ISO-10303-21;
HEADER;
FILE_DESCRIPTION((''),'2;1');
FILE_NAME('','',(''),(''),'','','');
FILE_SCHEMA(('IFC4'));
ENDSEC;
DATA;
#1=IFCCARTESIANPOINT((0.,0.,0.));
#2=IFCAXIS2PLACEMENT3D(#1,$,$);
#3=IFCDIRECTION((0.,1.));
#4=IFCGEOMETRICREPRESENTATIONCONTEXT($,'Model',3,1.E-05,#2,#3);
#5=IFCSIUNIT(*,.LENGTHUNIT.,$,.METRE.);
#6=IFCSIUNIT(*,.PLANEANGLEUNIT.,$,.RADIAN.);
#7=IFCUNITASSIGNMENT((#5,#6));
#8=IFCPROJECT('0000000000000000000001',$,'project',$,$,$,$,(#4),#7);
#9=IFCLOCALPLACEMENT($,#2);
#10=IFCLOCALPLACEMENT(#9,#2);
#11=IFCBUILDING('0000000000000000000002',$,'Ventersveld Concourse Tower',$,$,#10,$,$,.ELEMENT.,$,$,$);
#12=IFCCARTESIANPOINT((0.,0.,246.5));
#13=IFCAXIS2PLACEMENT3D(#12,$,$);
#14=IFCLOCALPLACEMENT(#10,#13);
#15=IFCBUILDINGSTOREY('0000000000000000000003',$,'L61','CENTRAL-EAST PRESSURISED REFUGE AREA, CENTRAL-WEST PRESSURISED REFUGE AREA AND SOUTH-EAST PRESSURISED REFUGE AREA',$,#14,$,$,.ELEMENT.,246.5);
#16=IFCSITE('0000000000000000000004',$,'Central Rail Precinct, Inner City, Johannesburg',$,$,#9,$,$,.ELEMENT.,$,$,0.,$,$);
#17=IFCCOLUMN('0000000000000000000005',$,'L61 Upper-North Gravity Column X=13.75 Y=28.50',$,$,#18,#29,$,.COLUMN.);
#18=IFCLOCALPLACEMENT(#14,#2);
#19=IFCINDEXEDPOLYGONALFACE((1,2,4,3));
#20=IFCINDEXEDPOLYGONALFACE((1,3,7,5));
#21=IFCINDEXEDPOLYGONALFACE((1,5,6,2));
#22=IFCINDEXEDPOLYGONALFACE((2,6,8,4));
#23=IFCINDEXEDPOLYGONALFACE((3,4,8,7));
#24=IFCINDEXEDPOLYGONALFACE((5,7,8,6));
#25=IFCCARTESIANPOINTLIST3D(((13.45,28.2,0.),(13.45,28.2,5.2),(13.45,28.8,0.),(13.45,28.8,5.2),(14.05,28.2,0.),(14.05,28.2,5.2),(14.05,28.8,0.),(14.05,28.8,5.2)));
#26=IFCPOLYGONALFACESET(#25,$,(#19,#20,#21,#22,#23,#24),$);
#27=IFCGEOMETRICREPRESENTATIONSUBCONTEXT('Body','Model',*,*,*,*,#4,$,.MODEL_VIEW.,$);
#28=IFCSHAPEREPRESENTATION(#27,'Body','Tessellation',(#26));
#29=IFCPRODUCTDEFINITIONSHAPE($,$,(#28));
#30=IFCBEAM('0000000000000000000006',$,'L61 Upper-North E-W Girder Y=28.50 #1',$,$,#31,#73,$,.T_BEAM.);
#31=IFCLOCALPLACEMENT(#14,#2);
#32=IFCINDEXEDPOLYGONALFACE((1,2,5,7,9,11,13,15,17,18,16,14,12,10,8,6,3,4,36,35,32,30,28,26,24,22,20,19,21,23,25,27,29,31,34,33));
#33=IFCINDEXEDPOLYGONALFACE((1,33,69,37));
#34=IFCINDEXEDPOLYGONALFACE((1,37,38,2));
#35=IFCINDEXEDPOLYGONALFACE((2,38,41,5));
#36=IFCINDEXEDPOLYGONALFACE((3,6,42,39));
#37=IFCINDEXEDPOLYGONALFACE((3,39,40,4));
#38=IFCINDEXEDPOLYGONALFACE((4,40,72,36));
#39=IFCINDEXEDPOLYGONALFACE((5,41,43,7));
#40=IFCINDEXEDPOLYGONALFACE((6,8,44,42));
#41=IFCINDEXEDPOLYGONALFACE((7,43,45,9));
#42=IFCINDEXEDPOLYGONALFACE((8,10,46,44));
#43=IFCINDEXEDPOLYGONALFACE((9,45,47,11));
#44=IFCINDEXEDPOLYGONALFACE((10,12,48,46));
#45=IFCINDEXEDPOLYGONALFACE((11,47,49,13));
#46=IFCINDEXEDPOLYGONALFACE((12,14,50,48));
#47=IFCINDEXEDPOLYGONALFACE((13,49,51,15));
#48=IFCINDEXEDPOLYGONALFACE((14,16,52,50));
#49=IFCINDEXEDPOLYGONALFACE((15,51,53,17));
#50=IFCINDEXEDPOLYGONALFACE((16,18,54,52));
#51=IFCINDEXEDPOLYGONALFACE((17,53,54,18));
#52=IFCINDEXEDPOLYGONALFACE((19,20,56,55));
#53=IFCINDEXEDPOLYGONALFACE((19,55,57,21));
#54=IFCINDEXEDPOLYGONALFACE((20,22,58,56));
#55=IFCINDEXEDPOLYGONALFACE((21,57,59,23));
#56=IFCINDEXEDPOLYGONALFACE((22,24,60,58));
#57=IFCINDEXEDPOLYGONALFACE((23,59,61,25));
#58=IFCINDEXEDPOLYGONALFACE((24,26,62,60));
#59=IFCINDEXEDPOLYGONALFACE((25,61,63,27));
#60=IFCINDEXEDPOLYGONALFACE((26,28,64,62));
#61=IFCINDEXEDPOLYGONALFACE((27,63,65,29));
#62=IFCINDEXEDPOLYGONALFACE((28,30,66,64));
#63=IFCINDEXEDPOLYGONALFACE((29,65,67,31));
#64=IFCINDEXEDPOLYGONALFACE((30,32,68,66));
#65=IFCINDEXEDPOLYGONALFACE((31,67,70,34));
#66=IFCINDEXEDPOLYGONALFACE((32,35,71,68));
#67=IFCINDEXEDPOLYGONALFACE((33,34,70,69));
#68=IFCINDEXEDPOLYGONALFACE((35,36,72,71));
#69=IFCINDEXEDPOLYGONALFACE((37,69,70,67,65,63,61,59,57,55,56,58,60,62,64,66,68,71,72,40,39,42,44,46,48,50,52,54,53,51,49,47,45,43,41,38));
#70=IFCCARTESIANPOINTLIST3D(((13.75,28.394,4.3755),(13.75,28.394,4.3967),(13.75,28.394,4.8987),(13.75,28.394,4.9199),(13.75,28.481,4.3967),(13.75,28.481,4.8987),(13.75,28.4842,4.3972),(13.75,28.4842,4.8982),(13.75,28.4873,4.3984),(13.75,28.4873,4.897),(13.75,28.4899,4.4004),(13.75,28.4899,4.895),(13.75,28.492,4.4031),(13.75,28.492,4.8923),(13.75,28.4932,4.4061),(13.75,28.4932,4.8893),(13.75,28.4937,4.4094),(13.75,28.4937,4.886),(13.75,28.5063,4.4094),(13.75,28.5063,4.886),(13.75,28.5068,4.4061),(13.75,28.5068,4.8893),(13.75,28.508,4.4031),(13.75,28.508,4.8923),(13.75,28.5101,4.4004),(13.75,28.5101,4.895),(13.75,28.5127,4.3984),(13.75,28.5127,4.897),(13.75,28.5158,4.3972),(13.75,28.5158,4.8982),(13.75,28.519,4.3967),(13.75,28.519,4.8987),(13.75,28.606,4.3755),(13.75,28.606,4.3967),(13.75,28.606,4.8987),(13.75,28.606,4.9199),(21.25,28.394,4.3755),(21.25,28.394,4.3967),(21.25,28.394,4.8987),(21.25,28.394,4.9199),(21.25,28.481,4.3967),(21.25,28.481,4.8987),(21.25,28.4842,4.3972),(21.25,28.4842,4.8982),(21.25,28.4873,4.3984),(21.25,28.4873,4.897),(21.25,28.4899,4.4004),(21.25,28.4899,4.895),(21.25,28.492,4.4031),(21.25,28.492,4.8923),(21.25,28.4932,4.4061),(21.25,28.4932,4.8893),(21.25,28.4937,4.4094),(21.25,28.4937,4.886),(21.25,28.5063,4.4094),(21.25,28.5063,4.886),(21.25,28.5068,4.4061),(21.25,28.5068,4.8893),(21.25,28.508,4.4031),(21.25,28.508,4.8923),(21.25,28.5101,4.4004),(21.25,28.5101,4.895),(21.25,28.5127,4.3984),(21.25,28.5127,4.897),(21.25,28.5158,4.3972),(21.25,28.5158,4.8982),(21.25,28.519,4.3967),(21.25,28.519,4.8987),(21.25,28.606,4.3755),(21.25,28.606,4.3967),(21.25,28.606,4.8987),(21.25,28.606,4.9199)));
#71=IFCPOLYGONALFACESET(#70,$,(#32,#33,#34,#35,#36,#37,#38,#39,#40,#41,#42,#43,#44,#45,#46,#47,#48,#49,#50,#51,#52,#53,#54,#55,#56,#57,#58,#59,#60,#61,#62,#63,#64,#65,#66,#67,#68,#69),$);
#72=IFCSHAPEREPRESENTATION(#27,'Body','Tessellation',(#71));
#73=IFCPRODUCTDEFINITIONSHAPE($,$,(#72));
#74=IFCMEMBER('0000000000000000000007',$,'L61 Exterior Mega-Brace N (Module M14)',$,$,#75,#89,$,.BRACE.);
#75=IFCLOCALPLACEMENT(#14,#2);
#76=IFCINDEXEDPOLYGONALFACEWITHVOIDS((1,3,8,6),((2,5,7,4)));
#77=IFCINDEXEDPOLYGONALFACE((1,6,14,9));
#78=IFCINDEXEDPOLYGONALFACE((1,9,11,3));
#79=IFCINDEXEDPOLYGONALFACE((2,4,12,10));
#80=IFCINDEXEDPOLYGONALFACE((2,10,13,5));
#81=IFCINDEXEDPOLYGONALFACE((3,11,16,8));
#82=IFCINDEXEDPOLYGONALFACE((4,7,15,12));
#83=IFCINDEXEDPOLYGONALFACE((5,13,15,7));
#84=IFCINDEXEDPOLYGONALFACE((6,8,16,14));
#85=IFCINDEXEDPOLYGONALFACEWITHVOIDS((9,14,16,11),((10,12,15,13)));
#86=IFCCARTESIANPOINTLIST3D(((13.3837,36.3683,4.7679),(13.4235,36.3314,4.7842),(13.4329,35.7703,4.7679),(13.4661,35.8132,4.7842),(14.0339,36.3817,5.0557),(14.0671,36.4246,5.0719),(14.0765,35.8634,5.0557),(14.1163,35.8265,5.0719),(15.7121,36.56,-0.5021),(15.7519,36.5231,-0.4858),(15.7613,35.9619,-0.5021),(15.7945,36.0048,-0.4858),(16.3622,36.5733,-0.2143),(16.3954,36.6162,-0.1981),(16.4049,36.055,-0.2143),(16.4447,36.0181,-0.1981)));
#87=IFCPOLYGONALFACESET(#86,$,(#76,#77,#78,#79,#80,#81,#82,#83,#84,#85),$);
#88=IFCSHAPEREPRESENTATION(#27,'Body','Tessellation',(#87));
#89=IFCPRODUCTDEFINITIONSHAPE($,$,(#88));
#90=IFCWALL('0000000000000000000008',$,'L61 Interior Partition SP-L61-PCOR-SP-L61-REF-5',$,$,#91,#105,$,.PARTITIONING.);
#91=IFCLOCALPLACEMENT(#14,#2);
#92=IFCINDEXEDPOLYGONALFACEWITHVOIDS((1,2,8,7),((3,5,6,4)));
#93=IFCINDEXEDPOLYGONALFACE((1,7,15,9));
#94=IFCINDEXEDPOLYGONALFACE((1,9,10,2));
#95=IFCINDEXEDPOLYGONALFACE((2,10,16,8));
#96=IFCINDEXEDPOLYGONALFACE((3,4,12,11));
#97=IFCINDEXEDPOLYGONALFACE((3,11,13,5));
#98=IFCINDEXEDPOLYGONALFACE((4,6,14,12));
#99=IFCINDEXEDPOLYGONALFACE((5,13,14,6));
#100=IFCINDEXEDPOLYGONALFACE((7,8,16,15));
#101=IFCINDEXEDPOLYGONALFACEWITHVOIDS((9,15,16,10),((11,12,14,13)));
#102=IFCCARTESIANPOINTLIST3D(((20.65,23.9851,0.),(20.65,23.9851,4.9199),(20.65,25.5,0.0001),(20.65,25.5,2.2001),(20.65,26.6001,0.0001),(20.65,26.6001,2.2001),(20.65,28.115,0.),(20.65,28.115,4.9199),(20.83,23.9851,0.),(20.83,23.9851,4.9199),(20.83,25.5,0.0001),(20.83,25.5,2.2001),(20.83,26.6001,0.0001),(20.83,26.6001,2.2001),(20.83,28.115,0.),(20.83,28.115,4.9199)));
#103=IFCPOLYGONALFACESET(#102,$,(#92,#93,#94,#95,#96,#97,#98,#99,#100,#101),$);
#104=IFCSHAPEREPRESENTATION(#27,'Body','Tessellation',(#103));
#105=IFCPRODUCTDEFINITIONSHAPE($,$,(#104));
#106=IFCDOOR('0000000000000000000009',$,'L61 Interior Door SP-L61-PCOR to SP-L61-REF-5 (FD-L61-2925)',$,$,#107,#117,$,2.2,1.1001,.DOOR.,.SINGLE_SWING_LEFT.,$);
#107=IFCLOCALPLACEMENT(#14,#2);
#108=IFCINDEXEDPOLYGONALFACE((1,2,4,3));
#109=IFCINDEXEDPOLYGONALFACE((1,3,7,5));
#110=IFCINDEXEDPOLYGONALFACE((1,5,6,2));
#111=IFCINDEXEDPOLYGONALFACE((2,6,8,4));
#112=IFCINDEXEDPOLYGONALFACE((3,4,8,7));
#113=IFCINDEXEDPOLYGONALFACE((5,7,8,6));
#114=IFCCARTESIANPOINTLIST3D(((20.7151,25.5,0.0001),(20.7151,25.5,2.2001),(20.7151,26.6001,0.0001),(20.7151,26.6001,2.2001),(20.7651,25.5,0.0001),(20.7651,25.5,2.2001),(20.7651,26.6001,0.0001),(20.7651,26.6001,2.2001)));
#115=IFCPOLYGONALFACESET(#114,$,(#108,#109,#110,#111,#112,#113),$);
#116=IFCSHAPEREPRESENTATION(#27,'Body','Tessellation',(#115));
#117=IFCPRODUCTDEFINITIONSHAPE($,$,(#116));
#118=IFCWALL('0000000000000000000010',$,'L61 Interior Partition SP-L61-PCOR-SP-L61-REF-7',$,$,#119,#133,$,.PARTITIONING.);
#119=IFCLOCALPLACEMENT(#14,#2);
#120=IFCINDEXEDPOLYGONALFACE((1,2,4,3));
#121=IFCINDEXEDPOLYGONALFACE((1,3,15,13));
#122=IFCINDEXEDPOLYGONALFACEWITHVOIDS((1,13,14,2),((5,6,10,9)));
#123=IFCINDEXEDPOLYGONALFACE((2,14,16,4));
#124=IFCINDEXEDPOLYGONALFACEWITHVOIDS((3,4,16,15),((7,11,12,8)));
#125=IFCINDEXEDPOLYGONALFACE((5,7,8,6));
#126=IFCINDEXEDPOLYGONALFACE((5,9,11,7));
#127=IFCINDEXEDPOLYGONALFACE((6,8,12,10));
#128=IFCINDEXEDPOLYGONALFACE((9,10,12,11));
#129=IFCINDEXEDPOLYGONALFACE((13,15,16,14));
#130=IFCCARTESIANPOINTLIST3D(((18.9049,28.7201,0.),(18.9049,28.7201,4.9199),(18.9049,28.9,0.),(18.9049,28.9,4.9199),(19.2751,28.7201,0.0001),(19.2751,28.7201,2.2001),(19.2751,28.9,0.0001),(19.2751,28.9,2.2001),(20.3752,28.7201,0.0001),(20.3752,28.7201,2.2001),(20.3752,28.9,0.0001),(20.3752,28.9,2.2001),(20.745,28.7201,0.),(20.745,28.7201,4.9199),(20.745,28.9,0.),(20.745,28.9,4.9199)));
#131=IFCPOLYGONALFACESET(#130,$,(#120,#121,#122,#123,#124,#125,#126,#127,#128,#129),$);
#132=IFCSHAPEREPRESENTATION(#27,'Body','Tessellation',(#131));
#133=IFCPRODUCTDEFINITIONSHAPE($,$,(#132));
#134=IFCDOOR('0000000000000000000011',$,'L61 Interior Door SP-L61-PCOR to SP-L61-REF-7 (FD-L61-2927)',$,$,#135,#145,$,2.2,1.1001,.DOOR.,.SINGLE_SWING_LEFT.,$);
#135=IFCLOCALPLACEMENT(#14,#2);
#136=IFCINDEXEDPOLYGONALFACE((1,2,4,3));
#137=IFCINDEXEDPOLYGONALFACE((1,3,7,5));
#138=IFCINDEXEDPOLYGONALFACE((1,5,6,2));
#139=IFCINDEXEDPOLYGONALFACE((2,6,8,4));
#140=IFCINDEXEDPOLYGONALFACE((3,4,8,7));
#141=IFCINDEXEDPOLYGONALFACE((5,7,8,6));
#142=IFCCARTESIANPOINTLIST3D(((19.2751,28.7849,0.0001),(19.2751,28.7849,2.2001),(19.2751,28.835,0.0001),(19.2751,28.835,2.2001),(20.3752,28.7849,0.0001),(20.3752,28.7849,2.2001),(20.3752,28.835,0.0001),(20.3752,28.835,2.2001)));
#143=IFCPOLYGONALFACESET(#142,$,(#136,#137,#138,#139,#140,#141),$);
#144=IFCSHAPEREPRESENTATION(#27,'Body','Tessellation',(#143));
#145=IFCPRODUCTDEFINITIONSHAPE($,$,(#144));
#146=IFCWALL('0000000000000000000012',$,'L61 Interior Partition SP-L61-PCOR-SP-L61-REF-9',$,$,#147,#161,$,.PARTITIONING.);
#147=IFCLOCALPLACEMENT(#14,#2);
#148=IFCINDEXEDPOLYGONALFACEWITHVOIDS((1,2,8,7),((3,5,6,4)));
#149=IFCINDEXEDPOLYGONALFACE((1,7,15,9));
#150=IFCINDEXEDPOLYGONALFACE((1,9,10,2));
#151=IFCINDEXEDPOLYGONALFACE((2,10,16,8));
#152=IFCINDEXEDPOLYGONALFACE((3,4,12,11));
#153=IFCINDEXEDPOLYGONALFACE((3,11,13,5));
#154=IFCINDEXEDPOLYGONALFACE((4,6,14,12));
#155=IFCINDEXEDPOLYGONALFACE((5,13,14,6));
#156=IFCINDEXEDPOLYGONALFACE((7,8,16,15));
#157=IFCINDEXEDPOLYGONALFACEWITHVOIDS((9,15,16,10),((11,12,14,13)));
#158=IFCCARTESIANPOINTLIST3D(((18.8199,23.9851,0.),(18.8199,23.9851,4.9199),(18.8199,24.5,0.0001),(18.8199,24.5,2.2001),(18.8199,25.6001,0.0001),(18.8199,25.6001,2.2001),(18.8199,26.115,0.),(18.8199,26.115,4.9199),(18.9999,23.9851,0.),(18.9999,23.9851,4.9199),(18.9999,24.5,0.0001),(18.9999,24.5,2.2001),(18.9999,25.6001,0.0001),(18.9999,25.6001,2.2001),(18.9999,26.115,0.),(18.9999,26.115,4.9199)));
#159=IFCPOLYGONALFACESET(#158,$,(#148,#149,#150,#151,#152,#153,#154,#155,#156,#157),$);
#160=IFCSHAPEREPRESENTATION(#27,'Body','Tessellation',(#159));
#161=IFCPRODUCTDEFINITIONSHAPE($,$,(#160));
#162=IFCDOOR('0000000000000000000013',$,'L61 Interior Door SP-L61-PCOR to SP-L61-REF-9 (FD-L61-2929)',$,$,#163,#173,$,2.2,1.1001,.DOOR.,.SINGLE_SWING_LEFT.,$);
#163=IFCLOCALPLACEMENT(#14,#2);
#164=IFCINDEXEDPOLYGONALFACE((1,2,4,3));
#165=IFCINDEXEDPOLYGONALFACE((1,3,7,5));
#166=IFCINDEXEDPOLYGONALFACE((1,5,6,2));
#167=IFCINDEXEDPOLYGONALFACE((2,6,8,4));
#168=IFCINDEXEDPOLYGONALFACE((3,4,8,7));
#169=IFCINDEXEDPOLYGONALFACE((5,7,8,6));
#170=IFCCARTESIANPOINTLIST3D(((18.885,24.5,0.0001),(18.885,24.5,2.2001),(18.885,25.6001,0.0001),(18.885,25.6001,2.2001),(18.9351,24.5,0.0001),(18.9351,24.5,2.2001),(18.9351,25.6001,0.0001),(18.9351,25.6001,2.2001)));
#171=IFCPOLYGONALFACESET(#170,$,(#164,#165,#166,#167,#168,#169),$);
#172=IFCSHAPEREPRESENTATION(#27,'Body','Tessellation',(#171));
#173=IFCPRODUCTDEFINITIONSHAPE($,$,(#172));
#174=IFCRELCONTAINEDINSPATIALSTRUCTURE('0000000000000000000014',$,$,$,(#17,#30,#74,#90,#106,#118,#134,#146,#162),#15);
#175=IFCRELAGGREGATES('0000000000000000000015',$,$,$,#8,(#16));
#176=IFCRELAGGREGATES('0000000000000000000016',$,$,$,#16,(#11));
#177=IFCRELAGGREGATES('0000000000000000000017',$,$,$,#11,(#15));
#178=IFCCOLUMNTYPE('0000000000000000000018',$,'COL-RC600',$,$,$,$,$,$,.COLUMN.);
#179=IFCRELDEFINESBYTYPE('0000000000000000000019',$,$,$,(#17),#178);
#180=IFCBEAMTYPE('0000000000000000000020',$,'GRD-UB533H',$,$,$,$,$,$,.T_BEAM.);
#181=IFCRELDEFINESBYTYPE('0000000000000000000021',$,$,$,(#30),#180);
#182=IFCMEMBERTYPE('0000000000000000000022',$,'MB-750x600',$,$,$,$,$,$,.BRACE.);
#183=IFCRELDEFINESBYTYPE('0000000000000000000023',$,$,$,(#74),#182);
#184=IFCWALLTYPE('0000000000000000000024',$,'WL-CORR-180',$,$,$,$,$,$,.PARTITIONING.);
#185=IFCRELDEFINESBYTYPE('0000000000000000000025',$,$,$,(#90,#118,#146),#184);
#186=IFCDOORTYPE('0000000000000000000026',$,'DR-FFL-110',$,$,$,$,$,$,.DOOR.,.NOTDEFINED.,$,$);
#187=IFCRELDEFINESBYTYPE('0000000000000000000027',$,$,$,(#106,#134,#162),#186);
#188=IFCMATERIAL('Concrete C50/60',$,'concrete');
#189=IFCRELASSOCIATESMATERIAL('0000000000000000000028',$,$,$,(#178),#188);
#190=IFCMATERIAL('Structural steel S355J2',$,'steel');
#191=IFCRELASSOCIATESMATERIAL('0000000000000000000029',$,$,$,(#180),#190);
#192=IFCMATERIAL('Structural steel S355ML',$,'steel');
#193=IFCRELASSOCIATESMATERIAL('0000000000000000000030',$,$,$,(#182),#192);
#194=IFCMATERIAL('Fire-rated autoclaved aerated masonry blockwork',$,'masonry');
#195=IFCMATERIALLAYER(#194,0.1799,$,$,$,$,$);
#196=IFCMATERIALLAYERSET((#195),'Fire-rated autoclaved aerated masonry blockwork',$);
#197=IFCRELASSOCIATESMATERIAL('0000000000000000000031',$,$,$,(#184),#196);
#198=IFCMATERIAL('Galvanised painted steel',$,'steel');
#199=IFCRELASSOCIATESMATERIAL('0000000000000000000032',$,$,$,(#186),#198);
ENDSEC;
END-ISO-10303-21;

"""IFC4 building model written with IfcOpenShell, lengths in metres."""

from ifc_helpers import new_model, si_unit, direction, frame, frame_2d, origin, origin_2d, place, context, subcontext, project, spatial, rectangle, hollow_rectangle, i_section, extrude, material, layer, layer_set, material_profile, profile_set, type_object, element, fill, save


model = new_model("IFC4")

# Units and contexts
model_context = context("Model", 3, precision=1e-05, world=origin(), true_north=direction((0.0, 1.0)))
body_context = subcontext(model_context, "Body", "Model", "MODEL_VIEW")
ifc_project = project(units=[si_unit("LENGTHUNIT", "METRE"), si_unit("PLANEANGLEUNIT", "RADIAN")], contexts=[model_context])

# Site, building, storey
site_placement = place(None, origin())
site = spatial("IfcSite", under=ifc_project, at=site_placement, Name="Central Rail Precinct, Inner City, Johannesburg", CompositionType="ELEMENT", RefElevation=0.0)
building_placement = place(site_placement, origin())
building = spatial("IfcBuilding", under=site, at=building_placement, Name="Ventersveld Concourse Tower", CompositionType="ELEMENT")
storey_placement = place(building_placement, frame((0.0, 0.0, 246.5)))
storey = spatial("IfcBuildingStorey", under=building, at=storey_placement, Name="L61", Description="CENTRAL-EAST PRESSURISED REFUGE AREA, CENTRAL-WEST PRESSURISED REFUGE AREA AND SOUTH-EAST PRESSURISED REFUGE AREA", CompositionType="ELEMENT", Elevation=246.5)

# Column
ifc_material_1 = material(Name="Concrete C50/60", Category="concrete")
ifc_material_profile_1 = material_profile(ifc_material_1, rectangle(XDim=0.6001, YDim=0.6001, at=origin_2d()), Name="RC 600x600")
ifc_profile_set_1 = profile_set([ifc_material_profile_1], Name="Concrete C50/60")
column_type = type_object("IfcColumnType", Name="COL-RC600", PredefinedType="COLUMN", material=ifc_profile_set_1)
column_placement = place(storey_placement, frame((13.75, 28.5, 0.0), z_axis=(0.0, 0.0, 1.0), x_axis=(1.0, 0.0, 0.0)))
element("IfcColumn", 1, at=column_placement, inside=storey, type_object=column_type, Name="L61 Upper-North Gravity Column X=13.75 Y=28.50", PredefinedType="COLUMN", context=body_context, shape_type="SweptSolid", body=[
    extrude(rectangle(XDim=0.6001, YDim=0.6001, at=origin_2d()), origin(), (0.0, 0.0, 1.0), 5.2),
])

# Beam
ifc_material_2 = material(Name="Structural steel S355J2", Category="steel")
ifc_material_profile_2 = material_profile(ifc_material_2, i_section(OverallWidth=0.2119, OverallDepth=0.5444, WebThickness=0.0127, FlangeThickness=0.0212, FilletRadius=0.0127, at=origin_2d()), Name="UB 533x210x122")
ifc_profile_set_2 = profile_set([ifc_material_profile_2], Name="Structural steel S355J2")
beam_type = type_object("IfcBeamType", Name="GRD-UB533H", PredefinedType="T_BEAM", material=ifc_profile_set_2)
beam_placement = place(storey_placement, frame((13.75, 28.5, 4.6477), z_axis=(1.0, 0.0, 0.0), x_axis=(0.0, 1.0, 0.0)))
element("IfcBeam", 2, at=beam_placement, inside=storey, type_object=beam_type, Name="L61 Upper-North E-W Girder Y=28.50 #1", PredefinedType="T_BEAM", context=body_context, shape_type="SweptSolid", body=[
    extrude(i_section(OverallWidth=0.2119, OverallDepth=0.5444, WebThickness=0.0127, FlangeThickness=0.0212, FilletRadius=0.0127, at=origin_2d()), origin(), (0.0, 0.0, 1.0), 7.5),
])

# Member
ifc_material_3 = material(Name="Structural steel S355ML", Category="steel")
ifc_material_profile_3 = material_profile(ifc_material_3, hollow_rectangle(XDim=0.6001, YDim=0.75, WallThickness=0.04, at=origin_2d()), Name="BOX 750x600x40")
ifc_profile_set_3 = profile_set([ifc_material_profile_3], Name="Structural steel S355ML")
member_type = type_object("IfcMemberType", Name="MB-750x600", PredefinedType="BRACE", material=ifc_profile_set_3)
member_placement = place(storey_placement, frame((16.0784, 36.2891, -0.3501), z_axis=(-0.403905, -0.033246, 0.914197), x_axis=(0.082034, -0.99663, 0.0)))
element("IfcMember", 3, at=member_placement, inside=storey, type_object=member_type, Name="L61 Exterior Mega-Brace N (Module M14)", PredefinedType="BRACE", context=body_context, shape_type="SweptSolid", body=[
    extrude(hollow_rectangle(XDim=0.6001, YDim=0.75, WallThickness=0.04, at=origin_2d()), origin(), (0.0, 0.0, 1.0), 5.7646),
])

# Walls, openings, doors
ifc_material_4 = material(Name="Fire-rated autoclaved aerated masonry blockwork", Category="masonry")
ifc_layer_1 = layer(ifc_material_4, 0.1799)
ifc_layer_set_1 = layer_set([ifc_layer_1], Name="Fire-rated autoclaved aerated masonry blockwork")
wall_type_1 = type_object("IfcWallType", Name="WL-CORR-180", PredefinedType="PARTITIONING", material=ifc_layer_set_1)
wall_1_placement = place(storey_placement, frame((20.74, 23.9851, 0.0), z_axis=(0.0, 0.0, 1.0), x_axis=(0.0, 1.0, 0.0)))
wall_1 = element("IfcWall", 4, at=wall_1_placement, inside=storey, type_object=wall_type_1, Name="L61 Interior Partition SP-L61-PCOR-SP-L61-REF-5", PredefinedType="PARTITIONING", context=body_context, shape_type="SweptSolid", body=[
    extrude(rectangle(XDim=4.1299, YDim=0.1799, at=frame_2d((2.0649, 0.0))), origin(), (0.0, 0.0, 1.0), 4.9199),
])
opening_1_placement = place(wall_1_placement, frame((1.5149, 0.0, 0.0)))
opening_1 = element("IfcOpeningElement", 5, at=opening_1_placement, cuts=wall_1, PredefinedType="OPENING", context=body_context, shape_type="SweptSolid", body=[
    extrude(rectangle(XDim=1.1001, YDim=2.2, at=frame_2d((0.55, 1.1001))), frame((0.0, 0.1001, 0.0), z_axis=(0.0, -1.0, 0.0), x_axis=(1.0, 0.0, 0.0)), (0.0, 0.0, 1.0), 0.2),
])
ifc_material_5 = material(Name="Galvanised painted steel", Category="steel")
door_type_1 = type_object("IfcDoorType", Name="DR-FFL-110", OperationType="NOTDEFINED", PredefinedType="DOOR", material=ifc_material_5)
door_1_placement = place(opening_1_placement, origin())
door_1 = element("IfcDoor", 6, at=door_1_placement, inside=storey, type_object=door_type_1, Name="L61 Interior Door SP-L61-PCOR to SP-L61-REF-5 (FD-L61-2925)", OperationType="SINGLE_SWING_LEFT", OverallHeight=2.2, OverallWidth=1.1001, PredefinedType="DOOR", context=body_context, shape_type="SweptSolid", body=[
    extrude(rectangle(XDim=1.1001, YDim=2.2, at=frame_2d((0.55, 1.1001))), frame((0.0, 0.0249, 0.0), z_axis=(0.0, -1.0, 0.0), x_axis=(1.0, 0.0, 0.0)), (0.0, 0.0, 1.0), 0.05),
])
fill(opening_1, door_1)
wall_2_placement = place(storey_placement, frame((18.905, 28.8101, 0.0), z_axis=(0.0, 0.0, 1.0), x_axis=(1.0, 0.0, 0.0)))
wall_2 = element("IfcWall", 7, at=wall_2_placement, inside=storey, type_object=wall_type_1, Name="L61 Interior Partition SP-L61-PCOR-SP-L61-REF-7", PredefinedType="PARTITIONING", context=body_context, shape_type="SweptSolid", body=[
    extrude(rectangle(XDim=1.8401, YDim=0.1799, at=frame_2d((0.9199, 0.0))), origin(), (0.0, 0.0, 1.0), 4.9199),
])
opening_2_placement = place(wall_2_placement, frame((0.3701, 0.0, 0.0)))
opening_2 = element("IfcOpeningElement", 8, at=opening_2_placement, cuts=wall_2, PredefinedType="OPENING", context=body_context, shape_type="SweptSolid", body=[
    extrude(rectangle(XDim=1.1001, YDim=2.2, at=frame_2d((0.55, 1.1001))), frame((0.0, 0.1001, 0.0), z_axis=(0.0, -1.0, 0.0), x_axis=(1.0, 0.0, 0.0)), (0.0, 0.0, 1.0), 0.2),
])
door_2_placement = place(opening_2_placement, origin())
door_2 = element("IfcDoor", 9, at=door_2_placement, inside=storey, type_object=door_type_1, Name="L61 Interior Door SP-L61-PCOR to SP-L61-REF-7 (FD-L61-2927)", OperationType="SINGLE_SWING_LEFT", OverallHeight=2.2, OverallWidth=1.1001, PredefinedType="DOOR", context=body_context, shape_type="SweptSolid", body=[
    extrude(rectangle(XDim=1.1001, YDim=2.2, at=frame_2d((0.55, 1.1001))), frame((0.0, 0.0249, 0.0), z_axis=(0.0, -1.0, 0.0), x_axis=(1.0, 0.0, 0.0)), (0.0, 0.0, 1.0), 0.05),
])
fill(opening_2, door_2)
wall_3_placement = place(storey_placement, frame((18.9099, 23.9851, 0.0), z_axis=(0.0, 0.0, 1.0), x_axis=(0.0, 1.0, 0.0)))
wall_3 = element("IfcWall", 10, at=wall_3_placement, inside=storey, type_object=wall_type_1, Name="L61 Interior Partition SP-L61-PCOR-SP-L61-REF-9", PredefinedType="PARTITIONING", context=body_context, shape_type="SweptSolid", body=[
    extrude(rectangle(XDim=2.1299, YDim=0.1799, at=frame_2d((1.0649, 0.0))), origin(), (0.0, 0.0, 1.0), 4.9199),
])
opening_3_placement = place(wall_3_placement, frame((0.5149, 0.0, 0.0)))
opening_3 = element("IfcOpeningElement", 11, at=opening_3_placement, cuts=wall_3, PredefinedType="OPENING", context=body_context, shape_type="SweptSolid", body=[
    extrude(rectangle(XDim=1.1001, YDim=2.2, at=frame_2d((0.55, 1.1001))), frame((0.0, 0.1001, 0.0), z_axis=(0.0, -1.0, 0.0), x_axis=(1.0, 0.0, 0.0)), (0.0, 0.0, 1.0), 0.2),
])
door_3_placement = place(opening_3_placement, origin())
door_3 = element("IfcDoor", 12, at=door_3_placement, inside=storey, type_object=door_type_1, Name="L61 Interior Door SP-L61-PCOR to SP-L61-REF-9 (FD-L61-2929)", OperationType="SINGLE_SWING_LEFT", OverallHeight=2.2, OverallWidth=1.1001, PredefinedType="DOOR", context=body_context, shape_type="SweptSolid", body=[
    extrude(rectangle(XDim=1.1001, YDim=2.2, at=frame_2d((0.55, 1.1001))), frame((0.0, 0.0249, 0.0), z_axis=(0.0, -1.0, 0.0), x_axis=(1.0, 0.0, 0.0)), (0.0, 0.0, 1.0), 0.05),
])
fill(opening_3, door_3)

save(model, "model.ifc")
